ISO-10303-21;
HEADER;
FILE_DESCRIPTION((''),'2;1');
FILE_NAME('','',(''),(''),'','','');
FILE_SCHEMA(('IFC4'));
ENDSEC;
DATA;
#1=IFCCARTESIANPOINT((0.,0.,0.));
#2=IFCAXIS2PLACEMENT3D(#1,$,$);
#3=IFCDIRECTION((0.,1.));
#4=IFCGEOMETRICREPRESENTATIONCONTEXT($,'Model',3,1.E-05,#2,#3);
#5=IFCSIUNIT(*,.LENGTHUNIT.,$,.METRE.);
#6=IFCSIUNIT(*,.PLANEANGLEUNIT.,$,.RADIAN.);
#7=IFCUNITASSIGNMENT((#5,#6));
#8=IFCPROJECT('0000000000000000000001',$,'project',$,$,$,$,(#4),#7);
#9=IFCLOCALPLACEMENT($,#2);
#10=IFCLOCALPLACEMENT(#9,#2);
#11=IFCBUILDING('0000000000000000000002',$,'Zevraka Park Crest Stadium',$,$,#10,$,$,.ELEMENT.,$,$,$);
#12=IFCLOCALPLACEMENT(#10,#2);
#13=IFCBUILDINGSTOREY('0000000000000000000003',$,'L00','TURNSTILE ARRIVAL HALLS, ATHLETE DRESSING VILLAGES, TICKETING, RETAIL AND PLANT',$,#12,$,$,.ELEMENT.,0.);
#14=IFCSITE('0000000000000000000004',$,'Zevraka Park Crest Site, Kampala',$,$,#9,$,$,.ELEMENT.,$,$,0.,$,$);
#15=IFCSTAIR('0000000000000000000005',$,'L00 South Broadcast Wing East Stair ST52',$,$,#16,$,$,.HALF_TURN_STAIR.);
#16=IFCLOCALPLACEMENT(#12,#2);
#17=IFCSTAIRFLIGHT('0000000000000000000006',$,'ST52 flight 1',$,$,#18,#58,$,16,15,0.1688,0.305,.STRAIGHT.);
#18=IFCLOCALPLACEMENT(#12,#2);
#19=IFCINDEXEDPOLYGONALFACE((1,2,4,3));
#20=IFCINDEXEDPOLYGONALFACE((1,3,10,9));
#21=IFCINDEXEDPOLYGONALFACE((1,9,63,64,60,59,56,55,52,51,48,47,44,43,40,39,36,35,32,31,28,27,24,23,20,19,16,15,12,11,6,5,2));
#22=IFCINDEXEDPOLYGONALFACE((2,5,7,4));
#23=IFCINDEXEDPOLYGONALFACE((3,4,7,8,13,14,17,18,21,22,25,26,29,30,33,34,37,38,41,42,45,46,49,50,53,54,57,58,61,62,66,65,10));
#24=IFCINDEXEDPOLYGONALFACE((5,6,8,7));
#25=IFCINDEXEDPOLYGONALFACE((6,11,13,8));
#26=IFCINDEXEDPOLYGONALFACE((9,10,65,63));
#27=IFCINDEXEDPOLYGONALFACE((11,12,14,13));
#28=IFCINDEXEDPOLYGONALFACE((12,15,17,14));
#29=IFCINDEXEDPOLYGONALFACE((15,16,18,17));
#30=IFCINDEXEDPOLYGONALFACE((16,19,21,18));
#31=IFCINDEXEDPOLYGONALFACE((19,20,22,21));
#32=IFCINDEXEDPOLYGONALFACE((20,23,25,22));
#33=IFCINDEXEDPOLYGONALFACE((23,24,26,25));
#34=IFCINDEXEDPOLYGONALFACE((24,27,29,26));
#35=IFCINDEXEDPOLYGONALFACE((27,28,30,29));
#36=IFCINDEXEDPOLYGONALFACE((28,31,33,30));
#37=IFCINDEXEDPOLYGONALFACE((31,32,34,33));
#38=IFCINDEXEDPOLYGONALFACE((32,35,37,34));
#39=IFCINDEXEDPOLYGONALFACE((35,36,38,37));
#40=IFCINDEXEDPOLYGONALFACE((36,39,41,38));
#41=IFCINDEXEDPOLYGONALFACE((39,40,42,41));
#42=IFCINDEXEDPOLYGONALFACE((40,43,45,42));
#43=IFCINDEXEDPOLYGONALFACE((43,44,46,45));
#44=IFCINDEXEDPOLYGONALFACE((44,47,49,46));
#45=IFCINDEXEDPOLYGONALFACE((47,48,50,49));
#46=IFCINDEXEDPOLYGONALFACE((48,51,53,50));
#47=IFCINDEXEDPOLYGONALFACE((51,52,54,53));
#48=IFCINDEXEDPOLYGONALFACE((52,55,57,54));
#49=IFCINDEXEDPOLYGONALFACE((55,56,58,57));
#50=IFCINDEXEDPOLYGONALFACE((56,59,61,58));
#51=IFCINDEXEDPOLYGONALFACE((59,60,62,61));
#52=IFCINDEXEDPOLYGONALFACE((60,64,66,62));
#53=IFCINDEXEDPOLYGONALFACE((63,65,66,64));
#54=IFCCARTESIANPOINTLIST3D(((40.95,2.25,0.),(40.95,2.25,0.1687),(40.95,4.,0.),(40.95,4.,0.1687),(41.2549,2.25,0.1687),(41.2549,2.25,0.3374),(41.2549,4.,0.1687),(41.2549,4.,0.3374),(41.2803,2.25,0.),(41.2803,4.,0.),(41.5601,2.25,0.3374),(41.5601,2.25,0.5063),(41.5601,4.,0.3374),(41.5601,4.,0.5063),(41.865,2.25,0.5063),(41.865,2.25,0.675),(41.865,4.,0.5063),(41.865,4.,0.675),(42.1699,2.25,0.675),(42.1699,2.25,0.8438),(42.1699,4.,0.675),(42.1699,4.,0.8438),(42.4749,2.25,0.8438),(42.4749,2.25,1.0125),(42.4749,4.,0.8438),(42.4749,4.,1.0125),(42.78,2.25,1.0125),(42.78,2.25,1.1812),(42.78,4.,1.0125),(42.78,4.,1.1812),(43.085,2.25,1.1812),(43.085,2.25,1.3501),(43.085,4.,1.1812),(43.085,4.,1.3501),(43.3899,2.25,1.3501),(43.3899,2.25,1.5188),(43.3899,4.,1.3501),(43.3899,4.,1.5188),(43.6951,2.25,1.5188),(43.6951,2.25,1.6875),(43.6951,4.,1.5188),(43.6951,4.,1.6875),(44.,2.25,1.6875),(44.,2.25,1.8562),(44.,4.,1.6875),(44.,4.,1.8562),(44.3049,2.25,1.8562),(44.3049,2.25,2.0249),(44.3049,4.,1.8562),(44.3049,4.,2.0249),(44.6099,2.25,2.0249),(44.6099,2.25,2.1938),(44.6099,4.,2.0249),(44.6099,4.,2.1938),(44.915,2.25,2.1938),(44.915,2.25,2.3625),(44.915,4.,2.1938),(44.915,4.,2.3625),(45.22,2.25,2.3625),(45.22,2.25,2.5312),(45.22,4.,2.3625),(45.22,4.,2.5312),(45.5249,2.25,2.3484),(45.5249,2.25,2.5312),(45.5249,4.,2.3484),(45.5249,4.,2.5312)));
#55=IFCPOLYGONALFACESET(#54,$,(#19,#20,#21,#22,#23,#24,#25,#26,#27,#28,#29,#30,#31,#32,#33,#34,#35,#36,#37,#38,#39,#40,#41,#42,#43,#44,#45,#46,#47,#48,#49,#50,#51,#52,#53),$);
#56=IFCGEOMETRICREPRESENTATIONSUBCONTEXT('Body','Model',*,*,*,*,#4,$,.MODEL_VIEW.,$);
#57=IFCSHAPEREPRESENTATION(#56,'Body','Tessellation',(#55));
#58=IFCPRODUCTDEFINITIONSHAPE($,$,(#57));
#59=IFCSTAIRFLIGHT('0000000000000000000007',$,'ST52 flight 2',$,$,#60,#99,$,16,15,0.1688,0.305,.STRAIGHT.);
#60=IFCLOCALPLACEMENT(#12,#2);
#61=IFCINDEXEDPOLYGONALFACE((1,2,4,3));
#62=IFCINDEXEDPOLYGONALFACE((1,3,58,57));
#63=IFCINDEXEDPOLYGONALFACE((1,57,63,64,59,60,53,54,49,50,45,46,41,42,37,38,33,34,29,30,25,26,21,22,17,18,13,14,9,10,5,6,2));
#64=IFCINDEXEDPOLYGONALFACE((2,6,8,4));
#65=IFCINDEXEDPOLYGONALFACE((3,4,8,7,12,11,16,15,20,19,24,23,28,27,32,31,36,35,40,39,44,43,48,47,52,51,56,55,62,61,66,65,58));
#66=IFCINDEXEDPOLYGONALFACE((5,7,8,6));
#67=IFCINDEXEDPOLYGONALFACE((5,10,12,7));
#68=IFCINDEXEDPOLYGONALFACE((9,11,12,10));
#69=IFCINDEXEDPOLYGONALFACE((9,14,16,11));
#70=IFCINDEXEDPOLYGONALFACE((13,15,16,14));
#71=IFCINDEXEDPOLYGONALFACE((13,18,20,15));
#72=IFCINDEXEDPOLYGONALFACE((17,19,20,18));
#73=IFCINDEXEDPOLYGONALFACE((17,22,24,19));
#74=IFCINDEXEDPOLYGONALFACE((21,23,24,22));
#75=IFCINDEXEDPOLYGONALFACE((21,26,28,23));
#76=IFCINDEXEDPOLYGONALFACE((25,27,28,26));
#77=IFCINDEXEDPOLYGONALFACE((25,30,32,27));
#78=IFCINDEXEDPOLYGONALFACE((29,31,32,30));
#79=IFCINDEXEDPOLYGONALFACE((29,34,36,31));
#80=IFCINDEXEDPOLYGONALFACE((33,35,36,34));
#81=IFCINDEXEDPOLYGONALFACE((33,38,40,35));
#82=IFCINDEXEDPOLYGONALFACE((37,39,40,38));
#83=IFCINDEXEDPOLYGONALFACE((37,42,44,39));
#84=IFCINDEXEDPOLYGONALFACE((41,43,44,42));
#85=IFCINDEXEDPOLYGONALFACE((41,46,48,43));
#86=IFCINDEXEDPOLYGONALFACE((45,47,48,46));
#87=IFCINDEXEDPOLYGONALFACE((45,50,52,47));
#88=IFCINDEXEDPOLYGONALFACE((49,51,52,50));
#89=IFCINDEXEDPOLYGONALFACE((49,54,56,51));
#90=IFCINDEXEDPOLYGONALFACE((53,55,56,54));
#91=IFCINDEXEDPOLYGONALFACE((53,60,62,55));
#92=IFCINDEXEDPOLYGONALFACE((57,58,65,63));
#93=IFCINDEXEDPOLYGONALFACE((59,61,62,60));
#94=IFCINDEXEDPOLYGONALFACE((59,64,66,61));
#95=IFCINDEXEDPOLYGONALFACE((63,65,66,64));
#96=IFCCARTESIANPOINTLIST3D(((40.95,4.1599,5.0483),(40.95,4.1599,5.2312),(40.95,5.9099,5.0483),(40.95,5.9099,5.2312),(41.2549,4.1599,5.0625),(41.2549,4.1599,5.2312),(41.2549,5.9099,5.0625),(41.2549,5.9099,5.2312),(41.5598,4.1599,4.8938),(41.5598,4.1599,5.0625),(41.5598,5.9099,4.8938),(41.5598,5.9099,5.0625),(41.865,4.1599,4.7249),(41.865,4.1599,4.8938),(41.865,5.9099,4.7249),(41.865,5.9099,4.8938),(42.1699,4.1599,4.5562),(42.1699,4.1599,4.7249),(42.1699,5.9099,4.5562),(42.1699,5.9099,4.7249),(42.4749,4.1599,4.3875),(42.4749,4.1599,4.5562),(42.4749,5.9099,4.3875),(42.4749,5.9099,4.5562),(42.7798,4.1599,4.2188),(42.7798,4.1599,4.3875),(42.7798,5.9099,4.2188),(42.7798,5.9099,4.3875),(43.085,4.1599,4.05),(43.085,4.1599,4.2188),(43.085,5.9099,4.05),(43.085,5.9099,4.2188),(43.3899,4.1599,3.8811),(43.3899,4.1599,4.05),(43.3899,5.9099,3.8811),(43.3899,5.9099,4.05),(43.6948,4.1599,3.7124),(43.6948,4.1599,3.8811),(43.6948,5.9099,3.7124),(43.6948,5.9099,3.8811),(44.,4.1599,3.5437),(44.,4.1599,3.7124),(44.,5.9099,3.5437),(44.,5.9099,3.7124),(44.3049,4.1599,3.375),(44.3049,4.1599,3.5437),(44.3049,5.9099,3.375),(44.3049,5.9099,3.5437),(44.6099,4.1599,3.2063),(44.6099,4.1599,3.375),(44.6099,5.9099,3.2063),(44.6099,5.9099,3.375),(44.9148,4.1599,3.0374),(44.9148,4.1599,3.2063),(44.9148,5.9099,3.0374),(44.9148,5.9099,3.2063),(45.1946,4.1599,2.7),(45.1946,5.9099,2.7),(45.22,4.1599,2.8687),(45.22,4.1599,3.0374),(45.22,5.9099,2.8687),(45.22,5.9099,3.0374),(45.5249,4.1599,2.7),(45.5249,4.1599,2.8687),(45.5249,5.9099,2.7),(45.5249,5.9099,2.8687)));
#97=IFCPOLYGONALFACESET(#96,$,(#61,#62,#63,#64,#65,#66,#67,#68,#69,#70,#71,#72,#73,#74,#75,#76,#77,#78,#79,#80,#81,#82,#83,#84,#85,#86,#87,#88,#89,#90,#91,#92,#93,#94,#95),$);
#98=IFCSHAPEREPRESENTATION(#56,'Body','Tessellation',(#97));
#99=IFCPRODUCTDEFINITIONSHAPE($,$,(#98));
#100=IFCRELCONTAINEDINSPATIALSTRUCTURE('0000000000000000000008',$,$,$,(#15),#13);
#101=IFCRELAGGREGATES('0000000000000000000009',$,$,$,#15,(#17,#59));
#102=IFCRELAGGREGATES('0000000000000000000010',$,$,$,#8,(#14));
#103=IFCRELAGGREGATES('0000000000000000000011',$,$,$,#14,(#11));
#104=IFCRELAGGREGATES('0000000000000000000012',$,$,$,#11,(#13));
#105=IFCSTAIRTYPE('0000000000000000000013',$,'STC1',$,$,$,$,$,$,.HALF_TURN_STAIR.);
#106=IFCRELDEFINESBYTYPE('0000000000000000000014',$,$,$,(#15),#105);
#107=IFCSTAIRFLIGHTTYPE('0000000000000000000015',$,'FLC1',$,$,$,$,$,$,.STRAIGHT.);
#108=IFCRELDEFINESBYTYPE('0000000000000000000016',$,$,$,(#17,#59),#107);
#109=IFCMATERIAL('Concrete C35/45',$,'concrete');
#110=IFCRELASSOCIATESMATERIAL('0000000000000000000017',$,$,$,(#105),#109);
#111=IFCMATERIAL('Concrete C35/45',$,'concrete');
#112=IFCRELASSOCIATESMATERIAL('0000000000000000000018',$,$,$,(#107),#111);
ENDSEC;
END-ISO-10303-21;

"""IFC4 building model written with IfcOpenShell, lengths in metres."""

from ifc_helpers import new_model, si_unit, direction, frame, origin, place, context, subcontext, project, spatial, polyline, outline, extrude, material, type_object, element, aggregate, save


model = new_model("IFC4")

# Units and contexts
model_context = context("Model", 3, precision=1e-05, world=origin(), true_north=direction((0.0, 1.0)))
body_context = subcontext(model_context, "Body", "Model", "MODEL_VIEW")
ifc_project = project(units=[si_unit("LENGTHUNIT", "METRE"), si_unit("PLANEANGLEUNIT", "RADIAN")], contexts=[model_context])

# Site, building, storey
site_placement = place(None, origin())
site = spatial("IfcSite", under=ifc_project, at=site_placement, Name="Zevraka Park Crest Site, Kampala", CompositionType="ELEMENT", RefElevation=0.0)
building_placement = place(site_placement, origin())
building = spatial("IfcBuilding", under=site, at=building_placement, Name="Zevraka Park Crest Stadium", CompositionType="ELEMENT")
storey_placement = place(building_placement, origin())
storey = spatial("IfcBuildingStorey", under=building, at=storey_placement, Name="L00", Description="TURNSTILE ARRIVAL HALLS, ATHLETE DRESSING VILLAGES, TICKETING, RETAIL AND PLANT", CompositionType="ELEMENT", Elevation=0.0)

# Stair, stair flights
ifc_material_1 = material(Name="Concrete C35/45", Category="concrete")
stair_type = type_object("IfcStairType", Name="STC1", PredefinedType="HALF_TURN_STAIR", material=ifc_material_1)
stair_placement = place(storey_placement, origin())
stair = element("IfcStair", 1, at=stair_placement, inside=storey, type_object=stair_type, Name="L00 South Broadcast Wing East Stair ST52", PredefinedType="HALF_TURN_STAIR")
ifc_material_2 = material(Name="Concrete C35/45", Category="concrete")
stair_flight_type = type_object("IfcStairFlightType", Name="FLC1", PredefinedType="STRAIGHT", material=ifc_material_2)
stair_flight_1_placement = place(storey_placement, frame((40.95, 3.125, 0.0), z_axis=(0.0, 0.0, 1.0), x_axis=(1.0, 0.0, 0.0)))
stair_flight_1 = element("IfcStairFlight", 2, at=stair_flight_1_placement, type_object=stair_flight_type, Name="ST52 flight 1", NumberOfRisers=16, NumberOfTreads=15, PredefinedType="STRAIGHT", RiserHeight=0.1688, TreadLength=0.305, context=body_context, shape_type="SweptSolid", body=[
    extrude(outline(polyline([(0.0, 0.0), (0.0, 0.1687), (0.3049, 0.1687), (0.3049, 0.3374), (0.6101, 0.3374), (0.6101, 0.5063), (0.915, 0.5063), (0.915, 0.675), (1.22, 0.675), (1.22, 0.8438), (1.5249, 0.8438), (1.5249, 1.0125), (1.8301, 1.0125), (1.8301, 1.1812), (2.135, 1.1812), (2.135, 1.3501), (2.4399, 1.3501), (2.4399, 1.5188), (2.7451, 1.5188), (2.7451, 1.6875), (3.05, 1.6875), (3.05, 1.8562), (3.355, 1.8562), (3.355, 2.0249), (3.6599, 2.0249), (3.6599, 2.1938), (3.9651, 2.1938), (3.9651, 2.3625), (4.27, 2.3625), (4.27, 2.5312), (4.575, 2.5312), (4.575, 2.7), (4.575, 2.3484), (0.3303, 0.0), (0.0, 0.0)])), frame((0.0, 0.875, 0.0), z_axis=(0.0, -1.0, 0.0), x_axis=(1.0, 0.0, 0.0)), (0.0, 0.0, 1.0), 1.75),
])
stair_flight_2_placement = place(storey_placement, frame((45.5249, 5.0349, 2.7), z_axis=(0.0, 0.0, 1.0), x_axis=(-1.0, 0.0, 0.0)))
stair_flight_2 = element("IfcStairFlight", 3, at=stair_flight_2_placement, type_object=stair_flight_type, Name="ST52 flight 2", NumberOfRisers=16, NumberOfTreads=15, PredefinedType="STRAIGHT", RiserHeight=0.1688, TreadLength=0.305, context=body_context, shape_type="SweptSolid", body=[
    extrude(outline(polyline([(0.0, 0.0), (0.0, 0.1687), (0.3049, 0.1687), (0.3049, 0.3374), (0.6101, 0.3374), (0.6101, 0.5063), (0.915, 0.5063), (0.915, 0.675), (1.22, 0.675), (1.22, 0.8438), (1.5249, 0.8438), (1.5249, 1.0125), (1.8301, 1.0125), (1.8301, 1.1812), (2.135, 1.1812), (2.135, 1.3501), (2.4399, 1.3501), (2.4399, 1.5188), (2.7451, 1.5188), (2.7451, 1.6875), (3.05, 1.6875), (3.05, 1.8562), (3.355, 1.8562), (3.355, 2.0249), (3.6599, 2.0249), (3.6599, 2.1938), (3.9651, 2.1938), (3.9651, 2.3625), (4.27, 2.3625), (4.27, 2.5312), (4.575, 2.5312), (4.575, 2.7), (4.575, 2.3484), (0.3303, 0.0), (0.0, 0.0)])), frame((0.0, 0.875, 0.0), z_axis=(0.0, -1.0, 0.0), x_axis=(1.0, 0.0, 0.0)), (0.0, 0.0, 1.0), 1.75),
])
aggregate(stair, [stair_flight_1, stair_flight_2])

save(model, "model.ifc")
